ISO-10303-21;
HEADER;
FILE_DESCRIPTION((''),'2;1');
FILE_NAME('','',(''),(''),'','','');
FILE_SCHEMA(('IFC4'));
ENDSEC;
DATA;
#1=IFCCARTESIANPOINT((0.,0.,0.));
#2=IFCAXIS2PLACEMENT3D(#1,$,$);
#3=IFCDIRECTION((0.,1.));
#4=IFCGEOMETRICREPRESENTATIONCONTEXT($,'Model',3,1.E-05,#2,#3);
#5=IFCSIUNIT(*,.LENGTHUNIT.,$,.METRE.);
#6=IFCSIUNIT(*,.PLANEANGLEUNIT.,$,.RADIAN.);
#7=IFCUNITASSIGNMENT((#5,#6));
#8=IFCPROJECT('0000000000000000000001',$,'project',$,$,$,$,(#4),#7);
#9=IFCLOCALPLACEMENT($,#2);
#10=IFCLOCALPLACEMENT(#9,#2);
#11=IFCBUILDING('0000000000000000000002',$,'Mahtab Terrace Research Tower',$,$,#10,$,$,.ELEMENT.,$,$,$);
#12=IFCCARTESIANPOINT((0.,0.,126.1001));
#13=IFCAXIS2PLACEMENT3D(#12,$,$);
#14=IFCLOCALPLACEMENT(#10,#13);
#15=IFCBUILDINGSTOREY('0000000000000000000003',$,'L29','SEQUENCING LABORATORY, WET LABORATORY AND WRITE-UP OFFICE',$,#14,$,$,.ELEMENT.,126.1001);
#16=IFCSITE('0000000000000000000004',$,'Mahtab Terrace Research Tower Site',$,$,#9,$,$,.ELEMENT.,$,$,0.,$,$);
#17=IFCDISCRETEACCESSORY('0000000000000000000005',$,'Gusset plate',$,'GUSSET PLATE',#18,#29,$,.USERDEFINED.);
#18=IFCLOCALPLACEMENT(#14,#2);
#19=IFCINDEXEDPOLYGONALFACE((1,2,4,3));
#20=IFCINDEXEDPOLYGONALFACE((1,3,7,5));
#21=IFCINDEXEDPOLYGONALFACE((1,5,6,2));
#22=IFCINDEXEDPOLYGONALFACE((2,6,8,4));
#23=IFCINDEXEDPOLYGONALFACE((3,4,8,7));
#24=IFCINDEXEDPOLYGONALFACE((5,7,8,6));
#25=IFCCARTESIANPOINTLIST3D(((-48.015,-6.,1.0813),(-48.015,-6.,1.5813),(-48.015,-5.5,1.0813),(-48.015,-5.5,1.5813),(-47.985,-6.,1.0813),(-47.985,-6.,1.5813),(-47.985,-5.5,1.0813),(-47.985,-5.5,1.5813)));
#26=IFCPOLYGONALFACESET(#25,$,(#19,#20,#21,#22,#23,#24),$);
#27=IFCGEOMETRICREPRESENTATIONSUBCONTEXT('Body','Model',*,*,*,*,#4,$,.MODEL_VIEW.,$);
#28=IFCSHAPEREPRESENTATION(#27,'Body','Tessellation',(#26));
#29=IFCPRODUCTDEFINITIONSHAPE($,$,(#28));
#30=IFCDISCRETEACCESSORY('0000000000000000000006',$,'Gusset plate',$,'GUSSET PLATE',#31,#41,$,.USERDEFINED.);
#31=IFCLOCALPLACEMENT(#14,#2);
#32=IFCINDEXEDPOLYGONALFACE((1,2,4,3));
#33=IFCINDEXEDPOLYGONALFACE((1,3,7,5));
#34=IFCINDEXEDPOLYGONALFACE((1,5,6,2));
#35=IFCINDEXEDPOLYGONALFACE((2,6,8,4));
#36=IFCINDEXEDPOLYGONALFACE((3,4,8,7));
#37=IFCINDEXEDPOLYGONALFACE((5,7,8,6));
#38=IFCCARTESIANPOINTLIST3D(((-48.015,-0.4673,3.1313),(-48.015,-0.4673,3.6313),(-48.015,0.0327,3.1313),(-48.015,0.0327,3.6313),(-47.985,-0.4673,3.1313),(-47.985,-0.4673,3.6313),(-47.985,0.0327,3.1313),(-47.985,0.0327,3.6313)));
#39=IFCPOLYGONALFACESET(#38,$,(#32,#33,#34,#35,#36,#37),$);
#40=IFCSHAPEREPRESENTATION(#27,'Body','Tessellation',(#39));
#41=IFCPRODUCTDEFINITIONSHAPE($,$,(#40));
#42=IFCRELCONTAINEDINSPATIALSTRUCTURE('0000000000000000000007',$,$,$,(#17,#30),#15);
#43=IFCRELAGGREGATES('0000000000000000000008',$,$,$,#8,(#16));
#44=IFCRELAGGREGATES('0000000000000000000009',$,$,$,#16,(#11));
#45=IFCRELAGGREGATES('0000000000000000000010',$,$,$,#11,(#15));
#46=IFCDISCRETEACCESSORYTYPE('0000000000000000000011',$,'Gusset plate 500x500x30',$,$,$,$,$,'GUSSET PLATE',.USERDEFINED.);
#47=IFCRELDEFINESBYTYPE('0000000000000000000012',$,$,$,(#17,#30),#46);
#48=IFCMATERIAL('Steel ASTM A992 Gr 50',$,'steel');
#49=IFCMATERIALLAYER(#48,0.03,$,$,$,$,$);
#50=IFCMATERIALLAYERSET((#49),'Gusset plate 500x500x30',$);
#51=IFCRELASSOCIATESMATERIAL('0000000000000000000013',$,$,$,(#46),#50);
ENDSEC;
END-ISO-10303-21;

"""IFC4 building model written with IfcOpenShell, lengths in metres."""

from ifc_helpers import new_model, si_unit, direction, frame, origin, origin_2d, place, context, subcontext, project, spatial, rectangle, extrude, material, layer, layer_set, type_object, element, save


model = new_model("IFC4")

# Units and contexts
model_context = context("Model", 3, precision=1e-05, world=origin(), true_north=direction((0.0, 1.0)))
body_context = subcontext(model_context, "Body", "Model", "MODEL_VIEW")
ifc_project = project(units=[si_unit("LENGTHUNIT", "METRE"), si_unit("PLANEANGLEUNIT", "RADIAN")], contexts=[model_context])

# Site, building, storey
site_placement = place(None, origin())
site = spatial("IfcSite", under=ifc_project, at=site_placement, Name="Mahtab Terrace Research Tower Site", CompositionType="ELEMENT", RefElevation=0.0)
building_placement = place(site_placement, origin())
building = spatial("IfcBuilding", under=site, at=building_placement, Name="Mahtab Terrace Research Tower", CompositionType="ELEMENT")
storey_placement = place(building_placement, frame((0.0, 0.0, 126.1001)))
storey = spatial("IfcBuildingStorey", under=building, at=storey_placement, Name="L29", Description="SEQUENCING LABORATORY, WET LABORATORY AND WRITE-UP OFFICE", CompositionType="ELEMENT", Elevation=126.1001)

# Shared definitions
ifc_material_1 = material(Name="Steel ASTM A992 Gr 50", Category="steel")

# Discrete accessories
ifc_layer_1 = layer(ifc_material_1, 0.03)
ifc_layer_set_1 = layer_set([ifc_layer_1], Name="Gusset plate 500x500x30")
discrete_accessory_type = type_object("IfcDiscreteAccessoryType", Name="Gusset plate 500x500x30", ElementType="GUSSET PLATE", PredefinedType="USERDEFINED", material=ifc_layer_set_1)
for number, where, z_axis, x_axis, name in (
    (1, (-48.0, -5.75, 1.0813), (0.0, 0.0, 1.0), (0.0, 1.0, 0.0), "Gusset plate"),
    (2, (-48.0, -0.2173, 3.1313), (0.0, 0.0, 1.0), (0.0, 1.0, 0.0), "Gusset plate"),
):
    element("IfcDiscreteAccessory", number, at=place(storey_placement, frame(where, z_axis=z_axis, x_axis=x_axis)), inside=storey, type_object=discrete_accessory_type, Name=name, ObjectType="GUSSET PLATE", PredefinedType="USERDEFINED", context=body_context, shape_type="SweptSolid", body=[
        extrude(rectangle(XDim=0.5, YDim=0.03, at=origin_2d()), origin(), (0.0, 0.0, 1.0), 0.5),
    ])

save(model, "model.ifc")
